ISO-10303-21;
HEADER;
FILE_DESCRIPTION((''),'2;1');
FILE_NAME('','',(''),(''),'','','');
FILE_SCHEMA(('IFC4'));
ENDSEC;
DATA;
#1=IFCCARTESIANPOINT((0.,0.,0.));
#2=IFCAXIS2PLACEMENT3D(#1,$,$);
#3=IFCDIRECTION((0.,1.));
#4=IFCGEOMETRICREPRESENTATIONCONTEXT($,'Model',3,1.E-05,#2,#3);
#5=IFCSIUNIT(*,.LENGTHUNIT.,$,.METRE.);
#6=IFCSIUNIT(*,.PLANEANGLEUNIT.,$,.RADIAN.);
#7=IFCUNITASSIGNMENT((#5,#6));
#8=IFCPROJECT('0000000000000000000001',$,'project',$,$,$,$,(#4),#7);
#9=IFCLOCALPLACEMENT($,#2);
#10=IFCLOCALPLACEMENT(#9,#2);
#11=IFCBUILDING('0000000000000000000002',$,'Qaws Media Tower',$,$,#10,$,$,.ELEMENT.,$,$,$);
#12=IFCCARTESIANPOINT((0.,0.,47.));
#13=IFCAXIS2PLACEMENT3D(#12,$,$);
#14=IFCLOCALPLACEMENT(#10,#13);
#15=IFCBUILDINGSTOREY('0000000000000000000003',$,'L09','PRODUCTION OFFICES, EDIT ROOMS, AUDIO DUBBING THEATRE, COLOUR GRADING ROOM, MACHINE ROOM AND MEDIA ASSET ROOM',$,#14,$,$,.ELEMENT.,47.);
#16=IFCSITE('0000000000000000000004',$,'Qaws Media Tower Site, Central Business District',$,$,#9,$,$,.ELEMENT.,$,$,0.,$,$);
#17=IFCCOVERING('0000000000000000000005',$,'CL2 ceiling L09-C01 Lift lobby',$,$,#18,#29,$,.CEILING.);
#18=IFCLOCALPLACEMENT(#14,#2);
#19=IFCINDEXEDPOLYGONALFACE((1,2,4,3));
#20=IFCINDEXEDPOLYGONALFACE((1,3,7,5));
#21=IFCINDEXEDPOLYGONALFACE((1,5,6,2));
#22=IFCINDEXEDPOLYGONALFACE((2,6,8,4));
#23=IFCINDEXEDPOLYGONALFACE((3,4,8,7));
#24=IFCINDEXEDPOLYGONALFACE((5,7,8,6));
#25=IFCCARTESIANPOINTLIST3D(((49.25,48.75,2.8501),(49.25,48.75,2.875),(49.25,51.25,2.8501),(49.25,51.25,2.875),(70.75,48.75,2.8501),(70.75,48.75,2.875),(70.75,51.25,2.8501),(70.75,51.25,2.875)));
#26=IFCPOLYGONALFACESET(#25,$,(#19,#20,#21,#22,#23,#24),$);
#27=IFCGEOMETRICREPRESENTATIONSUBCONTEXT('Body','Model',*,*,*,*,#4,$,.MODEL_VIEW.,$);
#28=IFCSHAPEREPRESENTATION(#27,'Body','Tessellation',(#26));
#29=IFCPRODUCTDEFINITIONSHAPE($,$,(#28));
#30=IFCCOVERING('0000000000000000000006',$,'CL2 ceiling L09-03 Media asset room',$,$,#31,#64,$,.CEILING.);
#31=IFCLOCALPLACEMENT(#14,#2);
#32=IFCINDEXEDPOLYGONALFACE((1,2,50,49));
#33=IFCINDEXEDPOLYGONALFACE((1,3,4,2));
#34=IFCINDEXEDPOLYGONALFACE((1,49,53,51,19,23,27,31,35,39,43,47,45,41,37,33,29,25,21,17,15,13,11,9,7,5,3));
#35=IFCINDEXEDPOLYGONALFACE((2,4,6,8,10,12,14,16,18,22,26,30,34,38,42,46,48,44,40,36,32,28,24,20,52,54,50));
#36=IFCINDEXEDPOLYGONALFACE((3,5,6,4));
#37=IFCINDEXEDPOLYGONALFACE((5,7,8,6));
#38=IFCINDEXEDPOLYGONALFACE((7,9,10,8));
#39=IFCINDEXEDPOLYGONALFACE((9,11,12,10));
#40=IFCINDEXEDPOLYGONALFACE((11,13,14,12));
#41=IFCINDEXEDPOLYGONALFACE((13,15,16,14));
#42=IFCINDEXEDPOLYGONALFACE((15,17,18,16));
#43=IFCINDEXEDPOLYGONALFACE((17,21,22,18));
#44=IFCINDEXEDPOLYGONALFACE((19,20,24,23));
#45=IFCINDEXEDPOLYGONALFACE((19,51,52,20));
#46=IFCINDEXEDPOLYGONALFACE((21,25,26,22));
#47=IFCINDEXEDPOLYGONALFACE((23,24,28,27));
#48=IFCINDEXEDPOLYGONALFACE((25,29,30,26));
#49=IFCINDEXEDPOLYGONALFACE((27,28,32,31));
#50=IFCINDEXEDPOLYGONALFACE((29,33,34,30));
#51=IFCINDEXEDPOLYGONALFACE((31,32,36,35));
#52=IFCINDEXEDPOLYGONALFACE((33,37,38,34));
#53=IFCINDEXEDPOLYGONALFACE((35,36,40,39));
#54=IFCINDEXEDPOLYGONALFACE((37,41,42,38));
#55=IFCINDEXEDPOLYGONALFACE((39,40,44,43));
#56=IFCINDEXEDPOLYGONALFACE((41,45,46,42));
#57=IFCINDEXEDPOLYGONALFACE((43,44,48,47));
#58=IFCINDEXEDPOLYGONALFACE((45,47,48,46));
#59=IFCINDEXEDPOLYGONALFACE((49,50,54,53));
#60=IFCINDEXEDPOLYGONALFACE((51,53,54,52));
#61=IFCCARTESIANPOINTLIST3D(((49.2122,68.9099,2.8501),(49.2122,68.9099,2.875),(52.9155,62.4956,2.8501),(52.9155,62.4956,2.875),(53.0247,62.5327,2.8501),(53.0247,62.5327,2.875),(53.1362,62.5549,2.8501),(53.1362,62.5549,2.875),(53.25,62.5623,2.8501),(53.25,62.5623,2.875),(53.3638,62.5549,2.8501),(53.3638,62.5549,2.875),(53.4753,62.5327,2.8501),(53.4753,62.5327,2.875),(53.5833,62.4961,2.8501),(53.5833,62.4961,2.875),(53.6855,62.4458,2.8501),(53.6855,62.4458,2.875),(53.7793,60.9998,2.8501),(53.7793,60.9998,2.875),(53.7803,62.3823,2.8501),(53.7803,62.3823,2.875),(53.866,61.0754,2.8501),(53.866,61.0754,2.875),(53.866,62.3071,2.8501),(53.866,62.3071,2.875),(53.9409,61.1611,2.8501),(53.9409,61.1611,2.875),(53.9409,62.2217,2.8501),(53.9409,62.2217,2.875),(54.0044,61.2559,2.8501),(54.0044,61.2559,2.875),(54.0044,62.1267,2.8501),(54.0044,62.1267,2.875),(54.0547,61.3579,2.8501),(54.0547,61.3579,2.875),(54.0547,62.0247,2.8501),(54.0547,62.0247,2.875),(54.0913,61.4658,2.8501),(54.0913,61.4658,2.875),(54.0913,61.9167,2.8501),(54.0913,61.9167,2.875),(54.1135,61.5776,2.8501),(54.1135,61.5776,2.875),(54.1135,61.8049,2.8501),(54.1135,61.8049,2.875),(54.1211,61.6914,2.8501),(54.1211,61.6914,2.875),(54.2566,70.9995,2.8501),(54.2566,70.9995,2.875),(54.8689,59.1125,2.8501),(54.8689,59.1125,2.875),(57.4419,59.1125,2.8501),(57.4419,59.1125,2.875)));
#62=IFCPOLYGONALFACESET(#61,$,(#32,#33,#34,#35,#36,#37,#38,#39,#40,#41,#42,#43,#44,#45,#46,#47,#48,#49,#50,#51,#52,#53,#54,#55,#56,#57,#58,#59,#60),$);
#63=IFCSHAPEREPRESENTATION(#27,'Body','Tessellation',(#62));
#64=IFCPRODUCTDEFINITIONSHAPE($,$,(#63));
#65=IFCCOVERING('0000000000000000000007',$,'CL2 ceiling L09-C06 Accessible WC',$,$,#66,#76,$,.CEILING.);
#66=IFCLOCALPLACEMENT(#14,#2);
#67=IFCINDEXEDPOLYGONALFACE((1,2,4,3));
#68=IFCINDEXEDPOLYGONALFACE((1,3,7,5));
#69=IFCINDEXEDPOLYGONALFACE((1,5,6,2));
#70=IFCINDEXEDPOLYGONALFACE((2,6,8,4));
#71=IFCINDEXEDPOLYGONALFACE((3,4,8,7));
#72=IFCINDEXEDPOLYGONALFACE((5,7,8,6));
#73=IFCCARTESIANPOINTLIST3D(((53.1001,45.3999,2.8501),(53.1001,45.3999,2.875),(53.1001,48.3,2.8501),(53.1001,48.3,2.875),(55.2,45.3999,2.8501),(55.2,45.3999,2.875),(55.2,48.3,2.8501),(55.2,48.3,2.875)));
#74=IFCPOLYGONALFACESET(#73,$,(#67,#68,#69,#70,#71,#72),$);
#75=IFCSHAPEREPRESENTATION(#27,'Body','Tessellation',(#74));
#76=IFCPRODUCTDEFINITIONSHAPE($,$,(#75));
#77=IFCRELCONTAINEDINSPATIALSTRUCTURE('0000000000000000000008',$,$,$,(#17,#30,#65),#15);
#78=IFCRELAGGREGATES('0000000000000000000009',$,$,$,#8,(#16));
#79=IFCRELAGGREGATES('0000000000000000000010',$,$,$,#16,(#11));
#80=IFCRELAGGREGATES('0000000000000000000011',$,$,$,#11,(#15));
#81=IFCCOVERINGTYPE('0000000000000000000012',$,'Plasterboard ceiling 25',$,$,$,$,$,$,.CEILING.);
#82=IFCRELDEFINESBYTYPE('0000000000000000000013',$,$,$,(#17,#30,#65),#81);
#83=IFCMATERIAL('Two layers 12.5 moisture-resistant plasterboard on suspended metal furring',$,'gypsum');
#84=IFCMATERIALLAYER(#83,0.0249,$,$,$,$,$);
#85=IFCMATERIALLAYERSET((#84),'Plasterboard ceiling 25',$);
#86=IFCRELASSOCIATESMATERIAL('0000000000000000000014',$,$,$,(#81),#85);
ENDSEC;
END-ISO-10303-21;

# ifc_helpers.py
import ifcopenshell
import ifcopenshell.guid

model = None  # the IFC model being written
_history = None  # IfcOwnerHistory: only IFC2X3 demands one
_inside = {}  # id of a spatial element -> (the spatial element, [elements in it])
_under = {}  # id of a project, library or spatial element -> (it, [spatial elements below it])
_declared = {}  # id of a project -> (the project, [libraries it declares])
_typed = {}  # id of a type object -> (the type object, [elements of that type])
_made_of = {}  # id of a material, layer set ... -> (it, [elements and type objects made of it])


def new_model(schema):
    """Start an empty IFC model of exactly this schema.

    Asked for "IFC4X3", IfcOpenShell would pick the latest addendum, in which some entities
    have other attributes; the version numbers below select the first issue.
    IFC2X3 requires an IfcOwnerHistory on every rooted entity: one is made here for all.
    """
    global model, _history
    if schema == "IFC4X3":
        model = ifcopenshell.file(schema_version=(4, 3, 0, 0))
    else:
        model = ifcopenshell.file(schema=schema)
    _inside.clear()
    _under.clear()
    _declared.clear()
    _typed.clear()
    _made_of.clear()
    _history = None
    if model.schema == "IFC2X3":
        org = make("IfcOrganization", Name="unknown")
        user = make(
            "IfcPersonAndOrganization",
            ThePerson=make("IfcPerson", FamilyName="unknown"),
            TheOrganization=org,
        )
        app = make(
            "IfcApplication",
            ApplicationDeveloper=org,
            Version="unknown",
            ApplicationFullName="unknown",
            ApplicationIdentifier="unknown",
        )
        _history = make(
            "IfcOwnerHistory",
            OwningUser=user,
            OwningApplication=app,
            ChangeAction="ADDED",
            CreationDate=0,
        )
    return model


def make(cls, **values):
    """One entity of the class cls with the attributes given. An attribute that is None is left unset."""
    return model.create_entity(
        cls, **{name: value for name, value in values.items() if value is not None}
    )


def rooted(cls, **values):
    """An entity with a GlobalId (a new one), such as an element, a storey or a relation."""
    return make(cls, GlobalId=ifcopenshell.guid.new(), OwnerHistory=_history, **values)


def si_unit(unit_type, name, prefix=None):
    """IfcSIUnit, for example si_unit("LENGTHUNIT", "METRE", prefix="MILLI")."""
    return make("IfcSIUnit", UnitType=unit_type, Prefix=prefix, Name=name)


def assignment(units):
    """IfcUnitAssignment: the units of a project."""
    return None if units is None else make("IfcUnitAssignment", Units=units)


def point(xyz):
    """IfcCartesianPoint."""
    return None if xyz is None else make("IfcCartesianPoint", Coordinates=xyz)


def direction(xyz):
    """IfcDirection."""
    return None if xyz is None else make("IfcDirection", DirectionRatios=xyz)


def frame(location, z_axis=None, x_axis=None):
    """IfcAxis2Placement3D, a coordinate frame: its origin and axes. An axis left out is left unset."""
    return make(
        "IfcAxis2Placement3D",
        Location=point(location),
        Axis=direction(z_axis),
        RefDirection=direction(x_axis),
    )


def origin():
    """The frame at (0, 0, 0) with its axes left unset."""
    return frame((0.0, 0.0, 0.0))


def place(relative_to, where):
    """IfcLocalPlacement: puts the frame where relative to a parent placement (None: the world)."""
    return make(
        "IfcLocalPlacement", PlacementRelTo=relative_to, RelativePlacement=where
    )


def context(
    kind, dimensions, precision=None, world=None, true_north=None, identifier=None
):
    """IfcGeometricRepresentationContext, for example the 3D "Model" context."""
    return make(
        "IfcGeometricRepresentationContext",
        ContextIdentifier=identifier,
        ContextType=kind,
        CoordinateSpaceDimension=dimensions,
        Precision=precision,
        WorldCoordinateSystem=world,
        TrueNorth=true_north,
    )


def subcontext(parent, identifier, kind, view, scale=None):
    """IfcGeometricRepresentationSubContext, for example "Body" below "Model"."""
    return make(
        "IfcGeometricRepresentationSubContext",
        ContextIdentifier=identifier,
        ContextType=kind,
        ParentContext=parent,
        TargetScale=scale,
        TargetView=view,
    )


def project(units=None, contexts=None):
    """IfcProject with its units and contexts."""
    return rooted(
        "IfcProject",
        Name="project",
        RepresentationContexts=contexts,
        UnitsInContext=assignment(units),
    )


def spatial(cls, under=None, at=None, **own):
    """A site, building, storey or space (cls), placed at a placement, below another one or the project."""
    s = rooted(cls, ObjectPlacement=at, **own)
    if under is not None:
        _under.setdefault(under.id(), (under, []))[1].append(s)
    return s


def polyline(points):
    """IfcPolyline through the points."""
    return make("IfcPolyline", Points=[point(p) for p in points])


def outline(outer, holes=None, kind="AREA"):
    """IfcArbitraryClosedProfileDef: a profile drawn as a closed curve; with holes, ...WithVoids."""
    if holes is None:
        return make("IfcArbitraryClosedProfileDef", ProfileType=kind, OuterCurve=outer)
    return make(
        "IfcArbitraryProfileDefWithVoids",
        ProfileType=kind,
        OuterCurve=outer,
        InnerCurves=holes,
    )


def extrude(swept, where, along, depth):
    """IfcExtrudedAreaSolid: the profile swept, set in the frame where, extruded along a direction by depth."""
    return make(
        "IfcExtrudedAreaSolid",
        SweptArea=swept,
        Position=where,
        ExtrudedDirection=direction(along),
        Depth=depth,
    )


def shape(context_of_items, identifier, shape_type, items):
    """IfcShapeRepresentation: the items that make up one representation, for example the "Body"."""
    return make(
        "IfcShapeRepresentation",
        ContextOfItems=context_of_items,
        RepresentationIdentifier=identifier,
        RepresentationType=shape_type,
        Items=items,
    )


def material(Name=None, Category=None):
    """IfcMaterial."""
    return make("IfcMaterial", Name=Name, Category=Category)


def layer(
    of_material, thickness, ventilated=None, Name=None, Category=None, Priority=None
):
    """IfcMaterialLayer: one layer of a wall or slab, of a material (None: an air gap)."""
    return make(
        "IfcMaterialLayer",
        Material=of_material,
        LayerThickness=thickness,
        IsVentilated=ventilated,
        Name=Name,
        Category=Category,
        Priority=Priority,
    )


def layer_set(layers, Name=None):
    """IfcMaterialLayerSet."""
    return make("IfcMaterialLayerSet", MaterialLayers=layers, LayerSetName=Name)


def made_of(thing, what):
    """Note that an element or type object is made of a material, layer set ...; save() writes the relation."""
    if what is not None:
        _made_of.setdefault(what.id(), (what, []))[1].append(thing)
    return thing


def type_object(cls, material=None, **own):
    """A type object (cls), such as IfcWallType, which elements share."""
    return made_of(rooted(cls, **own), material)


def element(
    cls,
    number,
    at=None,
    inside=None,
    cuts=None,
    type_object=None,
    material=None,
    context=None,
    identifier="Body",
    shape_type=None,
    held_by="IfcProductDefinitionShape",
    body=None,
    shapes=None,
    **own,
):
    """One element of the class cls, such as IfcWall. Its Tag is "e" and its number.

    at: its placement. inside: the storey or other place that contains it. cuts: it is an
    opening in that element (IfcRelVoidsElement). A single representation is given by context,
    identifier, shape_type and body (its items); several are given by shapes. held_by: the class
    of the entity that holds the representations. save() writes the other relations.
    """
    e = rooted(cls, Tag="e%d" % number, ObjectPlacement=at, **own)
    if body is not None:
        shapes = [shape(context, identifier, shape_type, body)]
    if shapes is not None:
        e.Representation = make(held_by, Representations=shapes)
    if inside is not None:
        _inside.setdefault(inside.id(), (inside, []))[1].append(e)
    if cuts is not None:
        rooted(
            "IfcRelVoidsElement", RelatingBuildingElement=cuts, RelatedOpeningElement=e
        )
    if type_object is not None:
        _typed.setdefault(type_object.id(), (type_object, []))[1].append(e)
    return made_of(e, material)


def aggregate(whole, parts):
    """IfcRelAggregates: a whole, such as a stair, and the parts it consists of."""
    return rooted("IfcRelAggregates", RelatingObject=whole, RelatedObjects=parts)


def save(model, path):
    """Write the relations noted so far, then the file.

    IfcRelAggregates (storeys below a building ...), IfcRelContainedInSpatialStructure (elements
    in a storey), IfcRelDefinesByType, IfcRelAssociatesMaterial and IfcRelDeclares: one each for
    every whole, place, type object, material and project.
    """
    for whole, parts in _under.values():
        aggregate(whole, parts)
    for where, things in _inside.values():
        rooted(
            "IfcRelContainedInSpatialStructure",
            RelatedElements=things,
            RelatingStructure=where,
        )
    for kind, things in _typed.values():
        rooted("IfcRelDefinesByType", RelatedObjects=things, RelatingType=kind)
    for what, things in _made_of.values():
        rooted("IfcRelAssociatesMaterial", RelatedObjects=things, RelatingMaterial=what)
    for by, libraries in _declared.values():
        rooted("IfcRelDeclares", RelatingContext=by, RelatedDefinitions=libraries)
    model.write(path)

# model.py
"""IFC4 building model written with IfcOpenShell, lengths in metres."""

from ifc_helpers import new_model, si_unit, direction, frame, origin, place, context, subcontext, project, spatial, polyline, outline, extrude, material, layer, layer_set, type_object, element, save


model = new_model("IFC4")

# Units and contexts
model_context = context("Model", 3, precision=1e-05, world=origin(), true_north=direction((0.0, 1.0)))
body_context = subcontext(model_context, "Body", "Model", "MODEL_VIEW")
ifc_project = project(units=[si_unit("LENGTHUNIT", "METRE"), si_unit("PLANEANGLEUNIT", "RADIAN")], contexts=[model_context])

# Site, building, storey
site_placement = place(None, origin())
site = spatial("IfcSite", under=ifc_project, at=site_placement, Name="Qaws Media Tower Site, Central Business District", CompositionType="ELEMENT", RefElevation=0.0)
building_placement = place(site_placement, origin())
building = spatial("IfcBuilding", under=site, at=building_placement, Name="Qaws Media Tower", CompositionType="ELEMENT")
storey_placement = place(building_placement, frame((0.0, 0.0, 47.0)))
storey = spatial("IfcBuildingStorey", under=building, at=storey_placement, Name="L09", Description="PRODUCTION OFFICES, EDIT ROOMS, AUDIO DUBBING THEATRE, COLOUR GRADING ROOM, MACHINE ROOM AND MEDIA ASSET ROOM", CompositionType="ELEMENT", Elevation=47.0)

# Coverings
ifc_material_1 = material(Name="Two layers 12.5 moisture-resistant plasterboard on suspended metal furring", Category="gypsum")
ifc_layer_1 = layer(ifc_material_1, 0.0249)
ifc_layer_set_1 = layer_set([ifc_layer_1], Name="Plasterboard ceiling 25")
covering_type_1 = type_object("IfcCoveringType", Name="Plasterboard ceiling 25", PredefinedType="CEILING", material=ifc_layer_set_1)
covering_1_placement = place(storey_placement, frame((0.0, 0.0, 2.8501)))
element("IfcCovering", 1, at=covering_1_placement, inside=storey, type_object=covering_type_1, Name="CL2 ceiling L09-C01 Lift lobby", PredefinedType="CEILING", context=body_context, shape_type="SweptSolid", body=[
    extrude(outline(polyline([(49.25, 48.75), (49.25, 51.25), (70.75, 51.25), (70.75, 48.75), (49.25, 48.75)])), origin(), (0.0, 0.0, 1.0), 0.0249),
])
covering_2_placement = place(storey_placement, frame((0.0, 0.0, 2.8501)))
element("IfcCovering", 2, at=covering_2_placement, inside=storey, type_object=covering_type_1, Name="CL2 ceiling L09-03 Media asset room", PredefinedType="CEILING", context=body_context, shape_type="SweptSolid", body=[
    extrude(outline(polyline([(54.2566, 70.9995), (57.4419, 59.1125), (54.8689, 59.1125), (53.7793, 60.9998), (53.866, 61.0754), (53.9409, 61.1611), (54.0044, 61.2559), (54.0547, 61.3579), (54.0913, 61.4658), (54.1135, 61.5776), (54.1211, 61.6914), (54.1135, 61.8049), (54.0913, 61.9167), (54.0547, 62.0247), (54.0044, 62.1267), (53.9409, 62.2217), (53.866, 62.3071), (53.7803, 62.3823), (53.6855, 62.4458), (53.5833, 62.4961), (53.4753, 62.5327), (53.3638, 62.5549), (53.25, 62.5623), (53.1362, 62.5549), (53.0247, 62.5327), (52.9155, 62.4956), (49.2122, 68.9099), (54.2566, 70.9995)])), origin(), (0.0, 0.0, 1.0), 0.0249),
])
covering_3_placement = place(storey_placement, frame((0.0, 0.0, 2.8501)))
element("IfcCovering", 3, at=covering_3_placement, inside=storey, type_object=covering_type_1, Name="CL2 ceiling L09-C06 Accessible WC", PredefinedType="CEILING", context=body_context, shape_type="SweptSolid", body=[
    extrude(outline(polyline([(53.1001, 45.3999), (53.1001, 48.3), (55.2, 48.3), (55.2, 45.3999), (53.1001, 45.3999)])), origin(), (0.0, 0.0, 1.0), 0.0249),
])

save(model, "model.ifc")
